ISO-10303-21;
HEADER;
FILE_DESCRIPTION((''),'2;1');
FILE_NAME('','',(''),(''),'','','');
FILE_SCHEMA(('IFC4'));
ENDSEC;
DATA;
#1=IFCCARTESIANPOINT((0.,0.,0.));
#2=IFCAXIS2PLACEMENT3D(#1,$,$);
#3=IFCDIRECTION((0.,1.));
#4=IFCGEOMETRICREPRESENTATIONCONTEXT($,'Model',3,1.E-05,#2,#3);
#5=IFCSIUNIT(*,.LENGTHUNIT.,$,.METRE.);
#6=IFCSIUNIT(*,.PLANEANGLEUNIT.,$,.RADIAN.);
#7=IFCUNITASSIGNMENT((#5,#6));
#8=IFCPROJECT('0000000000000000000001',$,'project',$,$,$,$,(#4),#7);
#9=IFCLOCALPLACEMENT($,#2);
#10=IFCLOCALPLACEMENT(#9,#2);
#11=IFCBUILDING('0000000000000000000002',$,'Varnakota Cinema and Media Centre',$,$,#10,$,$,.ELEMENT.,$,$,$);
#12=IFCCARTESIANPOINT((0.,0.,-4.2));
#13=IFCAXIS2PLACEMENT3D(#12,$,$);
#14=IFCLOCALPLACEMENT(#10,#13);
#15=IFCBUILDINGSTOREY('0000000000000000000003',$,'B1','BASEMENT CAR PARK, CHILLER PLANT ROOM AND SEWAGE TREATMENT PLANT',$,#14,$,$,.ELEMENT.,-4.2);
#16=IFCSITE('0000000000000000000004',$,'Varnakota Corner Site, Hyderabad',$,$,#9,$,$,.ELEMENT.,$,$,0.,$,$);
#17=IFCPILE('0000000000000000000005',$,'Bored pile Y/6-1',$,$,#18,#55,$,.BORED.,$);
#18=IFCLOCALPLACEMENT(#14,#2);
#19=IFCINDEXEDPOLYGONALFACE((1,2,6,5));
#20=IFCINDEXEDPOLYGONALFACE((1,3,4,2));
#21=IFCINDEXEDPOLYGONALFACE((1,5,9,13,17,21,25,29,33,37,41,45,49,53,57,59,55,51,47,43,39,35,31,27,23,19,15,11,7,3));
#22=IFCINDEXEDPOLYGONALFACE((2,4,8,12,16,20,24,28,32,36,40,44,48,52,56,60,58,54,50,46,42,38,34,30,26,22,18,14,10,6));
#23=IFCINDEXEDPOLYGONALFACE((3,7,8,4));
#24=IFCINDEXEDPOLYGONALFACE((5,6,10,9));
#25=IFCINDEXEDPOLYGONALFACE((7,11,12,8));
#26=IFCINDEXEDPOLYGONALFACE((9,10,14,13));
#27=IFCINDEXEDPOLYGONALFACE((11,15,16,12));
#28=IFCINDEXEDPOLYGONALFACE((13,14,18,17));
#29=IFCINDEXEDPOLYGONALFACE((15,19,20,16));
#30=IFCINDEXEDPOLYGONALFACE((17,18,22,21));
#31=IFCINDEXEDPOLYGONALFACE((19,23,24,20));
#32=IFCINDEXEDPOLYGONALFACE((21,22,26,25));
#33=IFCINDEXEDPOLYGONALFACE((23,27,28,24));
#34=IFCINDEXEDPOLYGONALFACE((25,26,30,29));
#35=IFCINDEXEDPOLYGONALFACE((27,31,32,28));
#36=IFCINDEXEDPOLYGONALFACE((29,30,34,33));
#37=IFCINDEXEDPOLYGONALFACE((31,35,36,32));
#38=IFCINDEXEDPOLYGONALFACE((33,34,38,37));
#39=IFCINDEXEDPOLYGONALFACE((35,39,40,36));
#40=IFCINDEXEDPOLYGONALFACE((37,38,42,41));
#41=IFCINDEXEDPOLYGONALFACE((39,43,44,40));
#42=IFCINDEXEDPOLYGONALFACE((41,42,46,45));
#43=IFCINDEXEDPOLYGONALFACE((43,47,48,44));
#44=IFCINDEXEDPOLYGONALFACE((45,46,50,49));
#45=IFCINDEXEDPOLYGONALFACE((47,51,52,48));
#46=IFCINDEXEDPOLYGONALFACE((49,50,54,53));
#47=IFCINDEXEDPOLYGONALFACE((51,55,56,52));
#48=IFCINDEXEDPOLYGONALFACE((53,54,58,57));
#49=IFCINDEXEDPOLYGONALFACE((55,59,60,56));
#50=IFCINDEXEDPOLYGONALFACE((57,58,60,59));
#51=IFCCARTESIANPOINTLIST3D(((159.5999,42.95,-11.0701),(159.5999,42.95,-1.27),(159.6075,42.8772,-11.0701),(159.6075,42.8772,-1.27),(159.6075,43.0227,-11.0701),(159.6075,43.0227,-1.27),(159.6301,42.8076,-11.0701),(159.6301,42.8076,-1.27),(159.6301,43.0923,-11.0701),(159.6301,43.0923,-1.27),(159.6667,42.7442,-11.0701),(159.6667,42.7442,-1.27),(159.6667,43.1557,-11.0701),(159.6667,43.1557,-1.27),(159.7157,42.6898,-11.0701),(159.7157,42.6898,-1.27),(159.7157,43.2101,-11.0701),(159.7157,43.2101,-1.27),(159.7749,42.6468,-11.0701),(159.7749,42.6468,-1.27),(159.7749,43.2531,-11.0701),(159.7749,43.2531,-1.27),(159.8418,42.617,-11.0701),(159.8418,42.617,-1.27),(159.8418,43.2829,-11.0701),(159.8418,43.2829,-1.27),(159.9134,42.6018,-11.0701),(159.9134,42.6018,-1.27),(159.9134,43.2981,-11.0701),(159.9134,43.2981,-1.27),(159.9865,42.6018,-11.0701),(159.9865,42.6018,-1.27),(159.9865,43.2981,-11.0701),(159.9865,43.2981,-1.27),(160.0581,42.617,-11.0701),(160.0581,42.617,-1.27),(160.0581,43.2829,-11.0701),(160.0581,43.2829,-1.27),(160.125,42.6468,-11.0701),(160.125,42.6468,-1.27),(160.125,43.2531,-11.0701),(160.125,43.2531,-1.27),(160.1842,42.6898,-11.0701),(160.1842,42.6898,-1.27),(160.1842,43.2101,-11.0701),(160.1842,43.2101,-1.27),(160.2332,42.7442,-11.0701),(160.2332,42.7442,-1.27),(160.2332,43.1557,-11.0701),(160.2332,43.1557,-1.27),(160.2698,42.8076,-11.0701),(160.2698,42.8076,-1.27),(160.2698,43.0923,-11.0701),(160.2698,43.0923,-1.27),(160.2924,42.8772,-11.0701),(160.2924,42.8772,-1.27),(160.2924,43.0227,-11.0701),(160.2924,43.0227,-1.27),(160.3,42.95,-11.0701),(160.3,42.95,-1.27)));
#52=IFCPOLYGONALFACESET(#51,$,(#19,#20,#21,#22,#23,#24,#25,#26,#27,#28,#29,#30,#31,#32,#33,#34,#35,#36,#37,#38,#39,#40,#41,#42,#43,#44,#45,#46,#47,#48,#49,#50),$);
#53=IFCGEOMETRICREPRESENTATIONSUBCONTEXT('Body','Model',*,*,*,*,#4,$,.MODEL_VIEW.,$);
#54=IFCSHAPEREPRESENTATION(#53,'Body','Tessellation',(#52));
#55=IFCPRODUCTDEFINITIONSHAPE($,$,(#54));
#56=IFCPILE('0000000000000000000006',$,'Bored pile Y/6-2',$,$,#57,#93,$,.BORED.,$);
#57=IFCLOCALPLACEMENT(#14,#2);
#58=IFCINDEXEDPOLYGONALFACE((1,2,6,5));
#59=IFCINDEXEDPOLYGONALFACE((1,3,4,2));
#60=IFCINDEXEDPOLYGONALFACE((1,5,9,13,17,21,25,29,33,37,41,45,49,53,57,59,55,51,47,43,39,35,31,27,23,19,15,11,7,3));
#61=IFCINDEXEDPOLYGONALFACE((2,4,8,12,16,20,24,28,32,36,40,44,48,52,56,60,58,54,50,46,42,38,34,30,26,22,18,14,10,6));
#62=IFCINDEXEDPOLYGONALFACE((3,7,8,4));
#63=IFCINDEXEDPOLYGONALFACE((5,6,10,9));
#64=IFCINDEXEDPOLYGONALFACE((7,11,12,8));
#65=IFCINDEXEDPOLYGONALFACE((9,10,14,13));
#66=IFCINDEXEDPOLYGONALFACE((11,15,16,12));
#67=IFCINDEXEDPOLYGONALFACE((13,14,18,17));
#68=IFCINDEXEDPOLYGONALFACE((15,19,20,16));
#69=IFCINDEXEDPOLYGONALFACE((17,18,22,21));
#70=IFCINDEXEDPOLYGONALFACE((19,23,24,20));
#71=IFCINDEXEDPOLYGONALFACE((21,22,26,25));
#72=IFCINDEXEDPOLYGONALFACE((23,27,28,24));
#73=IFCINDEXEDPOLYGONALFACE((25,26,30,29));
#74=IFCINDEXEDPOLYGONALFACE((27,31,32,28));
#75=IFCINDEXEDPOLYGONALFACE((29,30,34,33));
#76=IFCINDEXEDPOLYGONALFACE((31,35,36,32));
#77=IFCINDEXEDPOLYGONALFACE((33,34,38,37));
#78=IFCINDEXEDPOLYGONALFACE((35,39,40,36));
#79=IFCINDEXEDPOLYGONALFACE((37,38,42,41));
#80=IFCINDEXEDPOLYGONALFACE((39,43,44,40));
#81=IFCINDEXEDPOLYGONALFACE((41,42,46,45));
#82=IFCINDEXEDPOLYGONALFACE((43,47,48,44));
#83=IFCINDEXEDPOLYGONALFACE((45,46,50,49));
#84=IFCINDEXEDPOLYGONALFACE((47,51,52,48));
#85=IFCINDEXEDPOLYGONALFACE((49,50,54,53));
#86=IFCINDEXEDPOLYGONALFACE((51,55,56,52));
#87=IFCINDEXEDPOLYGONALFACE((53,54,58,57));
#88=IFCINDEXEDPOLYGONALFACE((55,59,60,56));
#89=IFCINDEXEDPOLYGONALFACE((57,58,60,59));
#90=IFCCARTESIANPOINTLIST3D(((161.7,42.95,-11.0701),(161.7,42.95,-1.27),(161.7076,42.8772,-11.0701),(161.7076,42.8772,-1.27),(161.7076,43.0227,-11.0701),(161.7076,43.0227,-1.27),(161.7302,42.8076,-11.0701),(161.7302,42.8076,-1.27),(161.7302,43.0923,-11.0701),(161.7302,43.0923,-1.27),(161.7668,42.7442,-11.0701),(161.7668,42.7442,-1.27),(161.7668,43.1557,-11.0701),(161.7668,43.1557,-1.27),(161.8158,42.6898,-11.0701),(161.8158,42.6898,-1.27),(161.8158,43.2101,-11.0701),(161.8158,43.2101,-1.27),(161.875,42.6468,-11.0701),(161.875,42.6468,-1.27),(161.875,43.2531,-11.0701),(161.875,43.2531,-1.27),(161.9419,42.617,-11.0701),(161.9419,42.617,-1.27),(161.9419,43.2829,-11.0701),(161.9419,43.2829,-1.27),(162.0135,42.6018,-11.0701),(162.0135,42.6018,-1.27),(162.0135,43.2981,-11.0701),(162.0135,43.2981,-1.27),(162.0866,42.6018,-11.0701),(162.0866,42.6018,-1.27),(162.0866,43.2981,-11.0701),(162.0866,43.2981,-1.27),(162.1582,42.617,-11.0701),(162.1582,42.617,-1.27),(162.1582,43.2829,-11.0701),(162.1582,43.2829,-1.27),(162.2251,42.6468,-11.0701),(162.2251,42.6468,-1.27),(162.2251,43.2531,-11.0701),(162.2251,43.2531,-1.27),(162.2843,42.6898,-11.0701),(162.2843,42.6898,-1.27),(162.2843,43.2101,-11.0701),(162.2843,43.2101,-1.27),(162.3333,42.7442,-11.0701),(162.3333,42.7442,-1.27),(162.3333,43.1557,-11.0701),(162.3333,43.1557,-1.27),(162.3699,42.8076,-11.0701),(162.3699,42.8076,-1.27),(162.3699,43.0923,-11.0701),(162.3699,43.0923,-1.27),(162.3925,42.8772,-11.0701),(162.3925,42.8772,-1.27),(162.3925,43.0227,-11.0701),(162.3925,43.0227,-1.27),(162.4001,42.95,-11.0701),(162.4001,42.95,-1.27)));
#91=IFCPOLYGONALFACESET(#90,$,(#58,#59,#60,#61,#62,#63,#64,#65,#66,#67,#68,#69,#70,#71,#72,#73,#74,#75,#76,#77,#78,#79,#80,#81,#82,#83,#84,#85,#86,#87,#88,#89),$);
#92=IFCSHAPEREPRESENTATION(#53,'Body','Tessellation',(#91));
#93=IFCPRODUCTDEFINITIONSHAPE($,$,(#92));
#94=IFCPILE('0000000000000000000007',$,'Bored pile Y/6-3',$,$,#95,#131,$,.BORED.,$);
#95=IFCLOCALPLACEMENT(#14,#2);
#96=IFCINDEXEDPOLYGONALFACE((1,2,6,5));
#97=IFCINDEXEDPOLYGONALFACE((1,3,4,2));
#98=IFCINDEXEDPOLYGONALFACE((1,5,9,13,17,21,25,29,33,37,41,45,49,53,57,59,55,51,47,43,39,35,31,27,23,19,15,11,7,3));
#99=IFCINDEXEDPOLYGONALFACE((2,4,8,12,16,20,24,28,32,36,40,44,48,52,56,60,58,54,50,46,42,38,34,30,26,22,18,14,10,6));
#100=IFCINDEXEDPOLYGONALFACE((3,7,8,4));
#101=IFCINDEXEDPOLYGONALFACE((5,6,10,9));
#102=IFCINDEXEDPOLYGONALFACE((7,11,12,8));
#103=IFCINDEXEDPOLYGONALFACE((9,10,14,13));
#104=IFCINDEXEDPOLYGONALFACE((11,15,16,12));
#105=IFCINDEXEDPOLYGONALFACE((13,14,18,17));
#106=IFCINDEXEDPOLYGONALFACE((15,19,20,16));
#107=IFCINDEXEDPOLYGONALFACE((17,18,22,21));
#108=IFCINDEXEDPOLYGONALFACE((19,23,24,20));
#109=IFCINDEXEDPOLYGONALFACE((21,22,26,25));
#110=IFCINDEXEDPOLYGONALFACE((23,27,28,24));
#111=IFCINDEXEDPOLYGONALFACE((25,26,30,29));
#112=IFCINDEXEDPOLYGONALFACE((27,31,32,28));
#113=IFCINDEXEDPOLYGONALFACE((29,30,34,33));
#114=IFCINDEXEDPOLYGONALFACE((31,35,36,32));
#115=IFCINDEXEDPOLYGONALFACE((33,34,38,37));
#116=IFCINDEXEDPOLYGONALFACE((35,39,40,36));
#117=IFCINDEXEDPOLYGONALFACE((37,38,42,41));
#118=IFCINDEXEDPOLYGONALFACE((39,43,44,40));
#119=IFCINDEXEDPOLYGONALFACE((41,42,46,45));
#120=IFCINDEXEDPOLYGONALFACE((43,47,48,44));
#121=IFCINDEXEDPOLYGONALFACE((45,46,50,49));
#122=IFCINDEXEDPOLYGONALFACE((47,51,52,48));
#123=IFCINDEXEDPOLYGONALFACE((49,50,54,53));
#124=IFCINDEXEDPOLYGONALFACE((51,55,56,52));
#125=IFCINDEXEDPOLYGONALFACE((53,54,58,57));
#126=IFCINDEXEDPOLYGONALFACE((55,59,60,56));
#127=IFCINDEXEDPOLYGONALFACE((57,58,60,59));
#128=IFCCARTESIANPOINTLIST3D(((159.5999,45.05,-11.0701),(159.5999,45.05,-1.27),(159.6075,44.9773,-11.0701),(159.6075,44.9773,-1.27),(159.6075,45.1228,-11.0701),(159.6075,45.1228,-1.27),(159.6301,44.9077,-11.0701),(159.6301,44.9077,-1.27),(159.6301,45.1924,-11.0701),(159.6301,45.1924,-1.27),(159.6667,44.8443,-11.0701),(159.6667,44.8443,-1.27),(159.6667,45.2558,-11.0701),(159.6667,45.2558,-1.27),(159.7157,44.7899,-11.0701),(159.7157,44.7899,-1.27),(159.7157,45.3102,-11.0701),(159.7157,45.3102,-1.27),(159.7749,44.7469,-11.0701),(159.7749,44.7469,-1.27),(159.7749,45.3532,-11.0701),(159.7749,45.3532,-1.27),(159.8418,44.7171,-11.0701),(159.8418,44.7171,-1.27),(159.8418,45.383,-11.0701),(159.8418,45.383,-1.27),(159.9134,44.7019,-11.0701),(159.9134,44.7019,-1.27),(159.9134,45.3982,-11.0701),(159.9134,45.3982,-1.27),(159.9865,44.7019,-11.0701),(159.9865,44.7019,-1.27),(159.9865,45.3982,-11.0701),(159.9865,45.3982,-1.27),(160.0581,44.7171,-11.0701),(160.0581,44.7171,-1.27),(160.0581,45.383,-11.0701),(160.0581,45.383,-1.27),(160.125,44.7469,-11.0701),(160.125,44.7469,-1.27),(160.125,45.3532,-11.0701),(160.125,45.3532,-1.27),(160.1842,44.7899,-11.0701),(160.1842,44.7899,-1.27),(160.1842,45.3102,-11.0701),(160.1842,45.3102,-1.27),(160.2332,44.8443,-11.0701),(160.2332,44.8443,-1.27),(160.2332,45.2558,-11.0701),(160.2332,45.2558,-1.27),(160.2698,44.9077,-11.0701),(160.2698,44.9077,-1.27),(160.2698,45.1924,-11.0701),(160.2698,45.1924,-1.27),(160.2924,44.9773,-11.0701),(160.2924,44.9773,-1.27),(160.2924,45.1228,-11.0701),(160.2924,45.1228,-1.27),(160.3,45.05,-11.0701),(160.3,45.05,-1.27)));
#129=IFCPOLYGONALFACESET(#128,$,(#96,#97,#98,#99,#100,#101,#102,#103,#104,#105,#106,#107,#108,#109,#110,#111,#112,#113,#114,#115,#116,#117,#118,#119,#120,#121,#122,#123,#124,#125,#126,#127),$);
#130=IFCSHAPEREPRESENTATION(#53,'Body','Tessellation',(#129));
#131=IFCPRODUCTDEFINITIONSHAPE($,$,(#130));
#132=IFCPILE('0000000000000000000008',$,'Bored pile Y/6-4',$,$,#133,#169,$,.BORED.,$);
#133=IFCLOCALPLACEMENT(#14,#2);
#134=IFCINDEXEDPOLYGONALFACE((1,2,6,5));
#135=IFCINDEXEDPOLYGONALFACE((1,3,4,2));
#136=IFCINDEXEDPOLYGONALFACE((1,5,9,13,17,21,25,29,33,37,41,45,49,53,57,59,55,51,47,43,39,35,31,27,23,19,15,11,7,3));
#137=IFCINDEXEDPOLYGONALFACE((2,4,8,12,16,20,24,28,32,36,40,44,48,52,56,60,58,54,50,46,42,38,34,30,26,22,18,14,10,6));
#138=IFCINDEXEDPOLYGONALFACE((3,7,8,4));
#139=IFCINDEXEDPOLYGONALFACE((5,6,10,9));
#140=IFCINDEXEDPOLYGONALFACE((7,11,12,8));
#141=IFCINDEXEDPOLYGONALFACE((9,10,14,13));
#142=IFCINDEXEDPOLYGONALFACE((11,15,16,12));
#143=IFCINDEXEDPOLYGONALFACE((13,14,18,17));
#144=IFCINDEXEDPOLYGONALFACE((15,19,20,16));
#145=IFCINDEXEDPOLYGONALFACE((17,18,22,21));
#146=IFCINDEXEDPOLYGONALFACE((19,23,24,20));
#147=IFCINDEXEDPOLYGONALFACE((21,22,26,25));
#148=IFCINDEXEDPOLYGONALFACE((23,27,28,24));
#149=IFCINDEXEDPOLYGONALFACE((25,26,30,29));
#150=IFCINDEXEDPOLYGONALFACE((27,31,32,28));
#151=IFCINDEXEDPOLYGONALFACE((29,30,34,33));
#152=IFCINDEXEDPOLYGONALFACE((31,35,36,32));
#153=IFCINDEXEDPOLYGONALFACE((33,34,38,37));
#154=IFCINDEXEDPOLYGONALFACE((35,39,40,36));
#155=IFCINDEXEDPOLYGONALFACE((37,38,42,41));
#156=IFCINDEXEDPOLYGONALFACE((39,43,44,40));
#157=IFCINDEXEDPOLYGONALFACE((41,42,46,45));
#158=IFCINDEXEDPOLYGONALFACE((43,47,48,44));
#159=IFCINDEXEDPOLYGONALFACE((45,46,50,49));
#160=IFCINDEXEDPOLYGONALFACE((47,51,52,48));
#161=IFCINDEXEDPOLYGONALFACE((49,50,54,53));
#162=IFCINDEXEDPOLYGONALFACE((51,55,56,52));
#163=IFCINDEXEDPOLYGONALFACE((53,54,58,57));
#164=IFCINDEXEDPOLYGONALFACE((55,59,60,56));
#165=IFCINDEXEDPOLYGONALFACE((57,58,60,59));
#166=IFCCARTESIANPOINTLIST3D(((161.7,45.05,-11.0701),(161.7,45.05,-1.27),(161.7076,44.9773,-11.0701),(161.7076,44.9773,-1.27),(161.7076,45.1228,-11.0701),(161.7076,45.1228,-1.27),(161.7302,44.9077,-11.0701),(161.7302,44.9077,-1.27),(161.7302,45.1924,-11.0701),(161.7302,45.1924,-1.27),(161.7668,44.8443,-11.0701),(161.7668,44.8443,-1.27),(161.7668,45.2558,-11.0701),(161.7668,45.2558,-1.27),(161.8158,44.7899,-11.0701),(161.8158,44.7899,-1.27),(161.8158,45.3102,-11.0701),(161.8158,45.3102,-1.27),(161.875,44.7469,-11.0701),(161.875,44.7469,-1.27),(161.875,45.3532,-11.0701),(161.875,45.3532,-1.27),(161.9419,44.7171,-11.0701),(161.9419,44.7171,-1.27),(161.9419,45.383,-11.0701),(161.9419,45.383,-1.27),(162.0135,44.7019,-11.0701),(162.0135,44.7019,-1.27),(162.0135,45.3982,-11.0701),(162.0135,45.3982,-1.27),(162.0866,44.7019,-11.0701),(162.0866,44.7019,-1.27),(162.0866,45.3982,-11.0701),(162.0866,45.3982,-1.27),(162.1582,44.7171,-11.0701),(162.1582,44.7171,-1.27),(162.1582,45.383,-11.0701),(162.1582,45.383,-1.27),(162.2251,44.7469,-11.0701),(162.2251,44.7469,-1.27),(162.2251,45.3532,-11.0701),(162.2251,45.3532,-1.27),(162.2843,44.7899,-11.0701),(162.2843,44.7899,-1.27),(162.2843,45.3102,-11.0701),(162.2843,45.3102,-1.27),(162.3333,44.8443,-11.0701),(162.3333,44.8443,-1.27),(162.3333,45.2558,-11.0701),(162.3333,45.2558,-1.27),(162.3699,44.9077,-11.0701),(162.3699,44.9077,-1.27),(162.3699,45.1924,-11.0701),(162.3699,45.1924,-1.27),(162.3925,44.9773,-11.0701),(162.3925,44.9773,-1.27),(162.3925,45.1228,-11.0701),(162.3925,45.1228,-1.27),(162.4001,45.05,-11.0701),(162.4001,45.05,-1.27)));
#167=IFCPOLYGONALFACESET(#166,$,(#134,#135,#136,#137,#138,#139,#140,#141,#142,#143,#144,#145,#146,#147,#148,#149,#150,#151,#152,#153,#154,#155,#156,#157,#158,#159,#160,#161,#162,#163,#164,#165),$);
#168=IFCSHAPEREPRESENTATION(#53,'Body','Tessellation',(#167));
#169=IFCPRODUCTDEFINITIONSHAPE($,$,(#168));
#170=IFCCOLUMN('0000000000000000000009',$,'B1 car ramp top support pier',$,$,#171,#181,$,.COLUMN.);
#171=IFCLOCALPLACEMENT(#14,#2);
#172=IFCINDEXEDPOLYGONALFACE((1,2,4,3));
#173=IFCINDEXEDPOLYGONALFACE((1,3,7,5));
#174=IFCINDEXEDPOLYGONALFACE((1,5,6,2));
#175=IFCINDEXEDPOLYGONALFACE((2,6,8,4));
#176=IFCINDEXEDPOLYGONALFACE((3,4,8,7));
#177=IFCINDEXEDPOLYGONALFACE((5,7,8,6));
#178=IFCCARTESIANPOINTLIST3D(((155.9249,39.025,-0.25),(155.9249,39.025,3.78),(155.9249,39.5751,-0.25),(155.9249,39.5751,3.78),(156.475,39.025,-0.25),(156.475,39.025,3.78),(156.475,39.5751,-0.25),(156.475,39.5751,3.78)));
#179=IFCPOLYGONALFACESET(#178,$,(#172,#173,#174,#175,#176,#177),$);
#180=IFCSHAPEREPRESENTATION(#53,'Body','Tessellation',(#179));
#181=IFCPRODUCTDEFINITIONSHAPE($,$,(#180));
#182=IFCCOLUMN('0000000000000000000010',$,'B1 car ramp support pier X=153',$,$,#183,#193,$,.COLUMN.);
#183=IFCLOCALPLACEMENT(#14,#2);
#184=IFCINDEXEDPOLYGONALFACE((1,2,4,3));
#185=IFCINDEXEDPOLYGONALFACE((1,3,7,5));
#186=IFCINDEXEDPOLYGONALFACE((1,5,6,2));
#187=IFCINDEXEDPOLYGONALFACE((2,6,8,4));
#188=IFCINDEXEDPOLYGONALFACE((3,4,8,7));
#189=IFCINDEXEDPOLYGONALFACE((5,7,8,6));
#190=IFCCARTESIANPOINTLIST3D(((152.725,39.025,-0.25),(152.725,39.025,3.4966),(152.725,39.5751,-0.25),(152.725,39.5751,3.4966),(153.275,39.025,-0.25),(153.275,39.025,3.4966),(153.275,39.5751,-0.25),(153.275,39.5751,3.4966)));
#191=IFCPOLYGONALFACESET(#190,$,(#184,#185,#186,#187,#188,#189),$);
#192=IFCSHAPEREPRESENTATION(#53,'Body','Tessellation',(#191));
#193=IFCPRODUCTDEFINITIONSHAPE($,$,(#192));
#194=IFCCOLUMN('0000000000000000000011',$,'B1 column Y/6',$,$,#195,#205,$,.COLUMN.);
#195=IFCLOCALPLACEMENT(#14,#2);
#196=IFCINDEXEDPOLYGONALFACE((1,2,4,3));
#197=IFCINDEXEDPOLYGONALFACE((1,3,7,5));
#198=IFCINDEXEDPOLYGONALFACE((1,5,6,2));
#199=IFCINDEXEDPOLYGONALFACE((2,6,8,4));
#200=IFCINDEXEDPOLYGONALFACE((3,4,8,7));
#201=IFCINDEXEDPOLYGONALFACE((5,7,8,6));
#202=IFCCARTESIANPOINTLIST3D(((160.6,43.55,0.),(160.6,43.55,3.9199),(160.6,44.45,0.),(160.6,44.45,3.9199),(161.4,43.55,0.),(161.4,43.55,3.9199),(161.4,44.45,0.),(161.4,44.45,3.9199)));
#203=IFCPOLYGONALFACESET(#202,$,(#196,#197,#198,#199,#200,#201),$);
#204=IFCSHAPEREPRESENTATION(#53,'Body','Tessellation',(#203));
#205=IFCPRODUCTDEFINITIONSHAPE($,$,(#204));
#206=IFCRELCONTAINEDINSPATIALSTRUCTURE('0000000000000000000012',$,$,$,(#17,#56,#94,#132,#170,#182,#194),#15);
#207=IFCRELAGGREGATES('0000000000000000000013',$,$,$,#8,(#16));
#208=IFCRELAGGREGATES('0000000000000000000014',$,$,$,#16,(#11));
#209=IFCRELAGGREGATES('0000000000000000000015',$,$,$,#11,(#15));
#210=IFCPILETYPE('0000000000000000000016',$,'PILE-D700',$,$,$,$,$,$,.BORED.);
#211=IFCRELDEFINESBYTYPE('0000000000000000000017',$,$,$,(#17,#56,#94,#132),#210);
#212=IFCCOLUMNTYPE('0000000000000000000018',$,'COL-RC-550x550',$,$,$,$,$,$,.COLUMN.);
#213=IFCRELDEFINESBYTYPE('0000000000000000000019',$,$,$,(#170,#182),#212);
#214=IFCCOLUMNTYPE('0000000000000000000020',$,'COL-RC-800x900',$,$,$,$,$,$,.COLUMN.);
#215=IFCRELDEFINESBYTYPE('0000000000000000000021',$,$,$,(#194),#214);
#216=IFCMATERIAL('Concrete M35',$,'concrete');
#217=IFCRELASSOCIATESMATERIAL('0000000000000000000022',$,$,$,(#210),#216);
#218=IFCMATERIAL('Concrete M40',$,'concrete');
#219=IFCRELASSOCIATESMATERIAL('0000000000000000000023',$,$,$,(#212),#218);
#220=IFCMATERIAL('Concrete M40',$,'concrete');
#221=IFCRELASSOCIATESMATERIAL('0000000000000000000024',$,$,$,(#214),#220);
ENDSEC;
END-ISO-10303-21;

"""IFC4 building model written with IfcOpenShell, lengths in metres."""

from ifc_helpers import new_model, si_unit, direction, frame, origin, origin_2d, place, context, subcontext, project, spatial, rectangle, circle, extrude, material, material_profile, profile_set, type_object, element, save


model = new_model("IFC4")

# Units and contexts
model_context = context("Model", 3, precision=1e-05, world=origin(), true_north=direction((0.0, 1.0)))
body_context = subcontext(model_context, "Body", "Model", "MODEL_VIEW")
ifc_project = project(units=[si_unit("LENGTHUNIT", "METRE"), si_unit("PLANEANGLEUNIT", "RADIAN")], contexts=[model_context])

# Site, building, storey
site_placement = place(None, origin())
site = spatial("IfcSite", under=ifc_project, at=site_placement, Name="Varnakota Corner Site, Hyderabad", CompositionType="ELEMENT", RefElevation=0.0)
building_placement = place(site_placement, origin())
building = spatial("IfcBuilding", under=site, at=building_placement, Name="Varnakota Cinema and Media Centre", CompositionType="ELEMENT")
storey_placement = place(building_placement, frame((0.0, 0.0, -4.2)))
storey = spatial("IfcBuildingStorey", under=building, at=storey_placement, Name="B1", Description="BASEMENT CAR PARK, CHILLER PLANT ROOM AND SEWAGE TREATMENT PLANT", CompositionType="ELEMENT", Elevation=-4.2)

# Piles
ifc_material_1 = material(Name="Concrete M35", Category="concrete")
ifc_material_profile_1 = material_profile(ifc_material_1, circle(Radius=0.3501, at=origin_2d()), Name="PILE D700")
ifc_profile_set_1 = profile_set([ifc_material_profile_1], Name="Concrete M35")
pile_type_1 = type_object("IfcPileType", Name="PILE-D700", PredefinedType="BORED", material=ifc_profile_set_1)
for number, where, z_axis, x_axis, name in (
    (1, (159.95, 42.95, -1.27), (0.0, 0.0, -1.0), (1.0, 0.0, 0.0), "Bored pile Y/6-1"),
    (2, (162.05, 42.95, -1.27), (0.0, 0.0, -1.0), (1.0, 0.0, 0.0), "Bored pile Y/6-2"),
    (3, (159.95, 45.05, -1.27), (0.0, 0.0, -1.0), (1.0, 0.0, 0.0), "Bored pile Y/6-3"),
    (4, (162.05, 45.05, -1.27), (0.0, 0.0, -1.0), (1.0, 0.0, 0.0), "Bored pile Y/6-4"),
):
    element("IfcPile", number, at=place(storey_placement, frame(where, z_axis=z_axis, x_axis=x_axis)), inside=storey, type_object=pile_type_1, Name=name, PredefinedType="BORED", context=body_context, shape_type="SweptSolid", body=[
        extrude(circle(Radius=0.3501, at=origin_2d()), origin(), (0.0, 0.0, 1.0), 9.8),
    ])

# Columns
ifc_material_2 = material(Name="Concrete M40", Category="concrete")
ifc_material_profile_2 = material_profile(ifc_material_2, rectangle(XDim=0.55, YDim=0.55, at=origin_2d()), Name="RC 550x550")
ifc_profile_set_2 = profile_set([ifc_material_profile_2], Name="Concrete M40")
column_type_1 = type_object("IfcColumnType", Name="COL-RC-550x550", PredefinedType="COLUMN", material=ifc_profile_set_2)
column_1_placement = place(storey_placement, frame((156.2, 39.3, -0.25), z_axis=(0.0, 0.0, 1.0), x_axis=(1.0, 0.0, 0.0)))
element("IfcColumn", 5, at=column_1_placement, inside=storey, type_object=column_type_1, Name="B1 car ramp top support pier", PredefinedType="COLUMN", context=body_context, shape_type="SweptSolid", body=[
    extrude(rectangle(XDim=0.55, YDim=0.55, at=origin_2d()), origin(), (0.0, 0.0, 1.0), 4.03),
])
column_2_placement = place(storey_placement, frame((153.0, 39.3, -0.25), z_axis=(0.0, 0.0, 1.0), x_axis=(1.0, 0.0, 0.0)))
element("IfcColumn", 6, at=column_2_placement, inside=storey, type_object=column_type_1, Name="B1 car ramp support pier X=153", PredefinedType="COLUMN", context=body_context, shape_type="SweptSolid", body=[
    extrude(rectangle(XDim=0.55, YDim=0.55, at=origin_2d()), origin(), (0.0, 0.0, 1.0), 3.7466),
])
ifc_material_3 = material(Name="Concrete M40", Category="concrete")
ifc_material_profile_3 = material_profile(ifc_material_3, rectangle(XDim=0.8, YDim=0.8999, at=origin_2d()), Name="RC 800x900")
ifc_profile_set_3 = profile_set([ifc_material_profile_3], Name="Concrete M40")
column_type_2 = type_object("IfcColumnType", Name="COL-RC-800x900", PredefinedType="COLUMN", material=ifc_profile_set_3)
column_3_placement = place(storey_placement, frame((161.0, 44.0, 0.0), z_axis=(0.0, 0.0, 1.0), x_axis=(1.0, 0.0, 0.0)))
element("IfcColumn", 7, at=column_3_placement, inside=storey, type_object=column_type_2, Name="B1 column Y/6", PredefinedType="COLUMN", context=body_context, shape_type="SweptSolid", body=[
    extrude(rectangle(XDim=0.8, YDim=0.8999, at=origin_2d()), origin(), (0.0, 0.0, 1.0), 3.9199),
])

save(model, "model.ifc")
